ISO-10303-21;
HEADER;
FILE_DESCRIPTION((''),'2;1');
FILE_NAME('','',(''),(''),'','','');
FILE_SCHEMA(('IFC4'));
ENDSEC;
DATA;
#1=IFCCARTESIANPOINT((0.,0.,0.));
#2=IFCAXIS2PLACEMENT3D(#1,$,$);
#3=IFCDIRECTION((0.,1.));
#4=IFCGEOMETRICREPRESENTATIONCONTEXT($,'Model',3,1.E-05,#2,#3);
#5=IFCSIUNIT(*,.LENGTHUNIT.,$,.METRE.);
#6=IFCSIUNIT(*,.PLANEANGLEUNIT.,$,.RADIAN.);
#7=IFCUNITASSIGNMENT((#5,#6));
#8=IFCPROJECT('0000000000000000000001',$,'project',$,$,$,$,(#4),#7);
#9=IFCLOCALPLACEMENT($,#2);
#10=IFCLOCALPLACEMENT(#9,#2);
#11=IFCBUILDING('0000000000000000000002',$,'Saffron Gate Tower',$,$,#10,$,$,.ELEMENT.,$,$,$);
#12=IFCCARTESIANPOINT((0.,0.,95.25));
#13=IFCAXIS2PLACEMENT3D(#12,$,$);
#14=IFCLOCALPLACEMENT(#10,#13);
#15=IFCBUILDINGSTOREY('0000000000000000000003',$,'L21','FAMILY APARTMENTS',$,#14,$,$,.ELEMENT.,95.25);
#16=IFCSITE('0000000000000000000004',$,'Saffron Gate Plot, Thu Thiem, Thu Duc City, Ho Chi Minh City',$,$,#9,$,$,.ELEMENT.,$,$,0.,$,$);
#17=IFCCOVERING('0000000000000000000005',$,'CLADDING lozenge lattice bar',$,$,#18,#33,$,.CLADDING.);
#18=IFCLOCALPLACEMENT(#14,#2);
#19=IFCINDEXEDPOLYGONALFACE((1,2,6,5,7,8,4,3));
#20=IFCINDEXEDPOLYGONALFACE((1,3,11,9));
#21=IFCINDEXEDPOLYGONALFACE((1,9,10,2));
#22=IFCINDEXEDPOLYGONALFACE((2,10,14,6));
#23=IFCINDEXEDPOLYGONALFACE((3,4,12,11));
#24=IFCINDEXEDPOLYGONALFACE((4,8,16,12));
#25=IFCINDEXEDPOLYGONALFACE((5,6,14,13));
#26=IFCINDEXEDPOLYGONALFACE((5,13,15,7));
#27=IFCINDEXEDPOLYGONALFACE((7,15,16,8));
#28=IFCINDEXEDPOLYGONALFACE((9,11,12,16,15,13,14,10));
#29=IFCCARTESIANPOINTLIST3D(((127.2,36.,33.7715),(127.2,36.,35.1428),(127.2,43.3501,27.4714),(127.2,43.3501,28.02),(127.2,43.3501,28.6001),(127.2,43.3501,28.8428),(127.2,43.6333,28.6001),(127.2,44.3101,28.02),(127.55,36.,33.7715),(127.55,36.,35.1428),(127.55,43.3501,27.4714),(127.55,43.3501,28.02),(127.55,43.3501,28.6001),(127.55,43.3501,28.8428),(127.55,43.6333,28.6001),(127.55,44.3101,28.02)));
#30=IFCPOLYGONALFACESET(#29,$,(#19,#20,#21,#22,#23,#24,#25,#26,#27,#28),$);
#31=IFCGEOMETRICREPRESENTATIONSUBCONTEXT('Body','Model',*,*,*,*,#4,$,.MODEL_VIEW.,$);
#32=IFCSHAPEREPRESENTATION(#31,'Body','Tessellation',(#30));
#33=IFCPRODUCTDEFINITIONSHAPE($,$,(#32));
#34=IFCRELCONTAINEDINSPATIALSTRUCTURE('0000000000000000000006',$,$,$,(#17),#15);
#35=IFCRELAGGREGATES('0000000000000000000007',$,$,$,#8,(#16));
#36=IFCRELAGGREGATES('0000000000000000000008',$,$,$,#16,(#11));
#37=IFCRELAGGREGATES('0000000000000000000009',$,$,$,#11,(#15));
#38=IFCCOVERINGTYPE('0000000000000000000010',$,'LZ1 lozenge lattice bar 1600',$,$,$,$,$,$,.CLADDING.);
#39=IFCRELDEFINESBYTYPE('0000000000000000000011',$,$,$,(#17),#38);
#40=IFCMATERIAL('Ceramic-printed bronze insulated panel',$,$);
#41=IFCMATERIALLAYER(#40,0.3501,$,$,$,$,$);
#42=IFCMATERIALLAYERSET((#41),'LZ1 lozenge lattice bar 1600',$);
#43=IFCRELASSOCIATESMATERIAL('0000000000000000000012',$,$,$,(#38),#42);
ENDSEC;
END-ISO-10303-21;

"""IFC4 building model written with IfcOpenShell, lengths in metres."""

from ifc_helpers import new_model, si_unit, direction, frame, origin, place, context, subcontext, project, spatial, polyline, outline, extrude, material, layer, layer_set, type_object, element, save


model = new_model("IFC4")

# Units and contexts
model_context = context("Model", 3, precision=1e-05, world=origin(), true_north=direction((0.0, 1.0)))
body_context = subcontext(model_context, "Body", "Model", "MODEL_VIEW")
ifc_project = project(units=[si_unit("LENGTHUNIT", "METRE"), si_unit("PLANEANGLEUNIT", "RADIAN")], contexts=[model_context])

# Site, building, storey
site_placement = place(None, origin())
site = spatial("IfcSite", under=ifc_project, at=site_placement, Name="Saffron Gate Plot, Thu Thiem, Thu Duc City, Ho Chi Minh City", CompositionType="ELEMENT", RefElevation=0.0)
building_placement = place(site_placement, origin())
building = spatial("IfcBuilding", under=site, at=building_placement, Name="Saffron Gate Tower", CompositionType="ELEMENT")
storey_placement = place(building_placement, frame((0.0, 0.0, 95.25)))
storey = spatial("IfcBuildingStorey", under=building, at=storey_placement, Name="L21", Description="FAMILY APARTMENTS", CompositionType="ELEMENT", Elevation=95.25)

# Covering
ifc_material_1 = material(Name="Ceramic-printed bronze insulated panel")
ifc_layer_1 = layer(ifc_material_1, 0.3501)
ifc_layer_set_1 = layer_set([ifc_layer_1], Name="LZ1 lozenge lattice bar 1600")
covering_type = type_object("IfcCoveringType", Name="LZ1 lozenge lattice bar 1600", PredefinedType="CLADDING", material=ifc_layer_set_1)
covering_1_placement = place(storey_placement, frame((127.55, 43.3501, 27.4714), z_axis=(1.0, 0.0, 0.0), x_axis=(0.0, 0.0, 1.0)))
element("IfcCovering", 1, at=covering_1_placement, inside=storey, type_object=covering_type, Name="CLADDING lozenge lattice bar", PredefinedType="CLADDING", context=body_context, shape_type="SweptSolid", body=[
    extrude(outline(polyline([(0.0, 0.0), (0.5486, 0.0), (0.5486, -0.96), (1.1287, -0.2832), (1.1287, 0.0), (1.3713, 0.0), (7.6714, 7.3501), (6.3, 7.3501), (0.0, 0.0)])), origin(), (0.0, 0.0, -1.0), 0.3501),
])

save(model, "model.ifc")
